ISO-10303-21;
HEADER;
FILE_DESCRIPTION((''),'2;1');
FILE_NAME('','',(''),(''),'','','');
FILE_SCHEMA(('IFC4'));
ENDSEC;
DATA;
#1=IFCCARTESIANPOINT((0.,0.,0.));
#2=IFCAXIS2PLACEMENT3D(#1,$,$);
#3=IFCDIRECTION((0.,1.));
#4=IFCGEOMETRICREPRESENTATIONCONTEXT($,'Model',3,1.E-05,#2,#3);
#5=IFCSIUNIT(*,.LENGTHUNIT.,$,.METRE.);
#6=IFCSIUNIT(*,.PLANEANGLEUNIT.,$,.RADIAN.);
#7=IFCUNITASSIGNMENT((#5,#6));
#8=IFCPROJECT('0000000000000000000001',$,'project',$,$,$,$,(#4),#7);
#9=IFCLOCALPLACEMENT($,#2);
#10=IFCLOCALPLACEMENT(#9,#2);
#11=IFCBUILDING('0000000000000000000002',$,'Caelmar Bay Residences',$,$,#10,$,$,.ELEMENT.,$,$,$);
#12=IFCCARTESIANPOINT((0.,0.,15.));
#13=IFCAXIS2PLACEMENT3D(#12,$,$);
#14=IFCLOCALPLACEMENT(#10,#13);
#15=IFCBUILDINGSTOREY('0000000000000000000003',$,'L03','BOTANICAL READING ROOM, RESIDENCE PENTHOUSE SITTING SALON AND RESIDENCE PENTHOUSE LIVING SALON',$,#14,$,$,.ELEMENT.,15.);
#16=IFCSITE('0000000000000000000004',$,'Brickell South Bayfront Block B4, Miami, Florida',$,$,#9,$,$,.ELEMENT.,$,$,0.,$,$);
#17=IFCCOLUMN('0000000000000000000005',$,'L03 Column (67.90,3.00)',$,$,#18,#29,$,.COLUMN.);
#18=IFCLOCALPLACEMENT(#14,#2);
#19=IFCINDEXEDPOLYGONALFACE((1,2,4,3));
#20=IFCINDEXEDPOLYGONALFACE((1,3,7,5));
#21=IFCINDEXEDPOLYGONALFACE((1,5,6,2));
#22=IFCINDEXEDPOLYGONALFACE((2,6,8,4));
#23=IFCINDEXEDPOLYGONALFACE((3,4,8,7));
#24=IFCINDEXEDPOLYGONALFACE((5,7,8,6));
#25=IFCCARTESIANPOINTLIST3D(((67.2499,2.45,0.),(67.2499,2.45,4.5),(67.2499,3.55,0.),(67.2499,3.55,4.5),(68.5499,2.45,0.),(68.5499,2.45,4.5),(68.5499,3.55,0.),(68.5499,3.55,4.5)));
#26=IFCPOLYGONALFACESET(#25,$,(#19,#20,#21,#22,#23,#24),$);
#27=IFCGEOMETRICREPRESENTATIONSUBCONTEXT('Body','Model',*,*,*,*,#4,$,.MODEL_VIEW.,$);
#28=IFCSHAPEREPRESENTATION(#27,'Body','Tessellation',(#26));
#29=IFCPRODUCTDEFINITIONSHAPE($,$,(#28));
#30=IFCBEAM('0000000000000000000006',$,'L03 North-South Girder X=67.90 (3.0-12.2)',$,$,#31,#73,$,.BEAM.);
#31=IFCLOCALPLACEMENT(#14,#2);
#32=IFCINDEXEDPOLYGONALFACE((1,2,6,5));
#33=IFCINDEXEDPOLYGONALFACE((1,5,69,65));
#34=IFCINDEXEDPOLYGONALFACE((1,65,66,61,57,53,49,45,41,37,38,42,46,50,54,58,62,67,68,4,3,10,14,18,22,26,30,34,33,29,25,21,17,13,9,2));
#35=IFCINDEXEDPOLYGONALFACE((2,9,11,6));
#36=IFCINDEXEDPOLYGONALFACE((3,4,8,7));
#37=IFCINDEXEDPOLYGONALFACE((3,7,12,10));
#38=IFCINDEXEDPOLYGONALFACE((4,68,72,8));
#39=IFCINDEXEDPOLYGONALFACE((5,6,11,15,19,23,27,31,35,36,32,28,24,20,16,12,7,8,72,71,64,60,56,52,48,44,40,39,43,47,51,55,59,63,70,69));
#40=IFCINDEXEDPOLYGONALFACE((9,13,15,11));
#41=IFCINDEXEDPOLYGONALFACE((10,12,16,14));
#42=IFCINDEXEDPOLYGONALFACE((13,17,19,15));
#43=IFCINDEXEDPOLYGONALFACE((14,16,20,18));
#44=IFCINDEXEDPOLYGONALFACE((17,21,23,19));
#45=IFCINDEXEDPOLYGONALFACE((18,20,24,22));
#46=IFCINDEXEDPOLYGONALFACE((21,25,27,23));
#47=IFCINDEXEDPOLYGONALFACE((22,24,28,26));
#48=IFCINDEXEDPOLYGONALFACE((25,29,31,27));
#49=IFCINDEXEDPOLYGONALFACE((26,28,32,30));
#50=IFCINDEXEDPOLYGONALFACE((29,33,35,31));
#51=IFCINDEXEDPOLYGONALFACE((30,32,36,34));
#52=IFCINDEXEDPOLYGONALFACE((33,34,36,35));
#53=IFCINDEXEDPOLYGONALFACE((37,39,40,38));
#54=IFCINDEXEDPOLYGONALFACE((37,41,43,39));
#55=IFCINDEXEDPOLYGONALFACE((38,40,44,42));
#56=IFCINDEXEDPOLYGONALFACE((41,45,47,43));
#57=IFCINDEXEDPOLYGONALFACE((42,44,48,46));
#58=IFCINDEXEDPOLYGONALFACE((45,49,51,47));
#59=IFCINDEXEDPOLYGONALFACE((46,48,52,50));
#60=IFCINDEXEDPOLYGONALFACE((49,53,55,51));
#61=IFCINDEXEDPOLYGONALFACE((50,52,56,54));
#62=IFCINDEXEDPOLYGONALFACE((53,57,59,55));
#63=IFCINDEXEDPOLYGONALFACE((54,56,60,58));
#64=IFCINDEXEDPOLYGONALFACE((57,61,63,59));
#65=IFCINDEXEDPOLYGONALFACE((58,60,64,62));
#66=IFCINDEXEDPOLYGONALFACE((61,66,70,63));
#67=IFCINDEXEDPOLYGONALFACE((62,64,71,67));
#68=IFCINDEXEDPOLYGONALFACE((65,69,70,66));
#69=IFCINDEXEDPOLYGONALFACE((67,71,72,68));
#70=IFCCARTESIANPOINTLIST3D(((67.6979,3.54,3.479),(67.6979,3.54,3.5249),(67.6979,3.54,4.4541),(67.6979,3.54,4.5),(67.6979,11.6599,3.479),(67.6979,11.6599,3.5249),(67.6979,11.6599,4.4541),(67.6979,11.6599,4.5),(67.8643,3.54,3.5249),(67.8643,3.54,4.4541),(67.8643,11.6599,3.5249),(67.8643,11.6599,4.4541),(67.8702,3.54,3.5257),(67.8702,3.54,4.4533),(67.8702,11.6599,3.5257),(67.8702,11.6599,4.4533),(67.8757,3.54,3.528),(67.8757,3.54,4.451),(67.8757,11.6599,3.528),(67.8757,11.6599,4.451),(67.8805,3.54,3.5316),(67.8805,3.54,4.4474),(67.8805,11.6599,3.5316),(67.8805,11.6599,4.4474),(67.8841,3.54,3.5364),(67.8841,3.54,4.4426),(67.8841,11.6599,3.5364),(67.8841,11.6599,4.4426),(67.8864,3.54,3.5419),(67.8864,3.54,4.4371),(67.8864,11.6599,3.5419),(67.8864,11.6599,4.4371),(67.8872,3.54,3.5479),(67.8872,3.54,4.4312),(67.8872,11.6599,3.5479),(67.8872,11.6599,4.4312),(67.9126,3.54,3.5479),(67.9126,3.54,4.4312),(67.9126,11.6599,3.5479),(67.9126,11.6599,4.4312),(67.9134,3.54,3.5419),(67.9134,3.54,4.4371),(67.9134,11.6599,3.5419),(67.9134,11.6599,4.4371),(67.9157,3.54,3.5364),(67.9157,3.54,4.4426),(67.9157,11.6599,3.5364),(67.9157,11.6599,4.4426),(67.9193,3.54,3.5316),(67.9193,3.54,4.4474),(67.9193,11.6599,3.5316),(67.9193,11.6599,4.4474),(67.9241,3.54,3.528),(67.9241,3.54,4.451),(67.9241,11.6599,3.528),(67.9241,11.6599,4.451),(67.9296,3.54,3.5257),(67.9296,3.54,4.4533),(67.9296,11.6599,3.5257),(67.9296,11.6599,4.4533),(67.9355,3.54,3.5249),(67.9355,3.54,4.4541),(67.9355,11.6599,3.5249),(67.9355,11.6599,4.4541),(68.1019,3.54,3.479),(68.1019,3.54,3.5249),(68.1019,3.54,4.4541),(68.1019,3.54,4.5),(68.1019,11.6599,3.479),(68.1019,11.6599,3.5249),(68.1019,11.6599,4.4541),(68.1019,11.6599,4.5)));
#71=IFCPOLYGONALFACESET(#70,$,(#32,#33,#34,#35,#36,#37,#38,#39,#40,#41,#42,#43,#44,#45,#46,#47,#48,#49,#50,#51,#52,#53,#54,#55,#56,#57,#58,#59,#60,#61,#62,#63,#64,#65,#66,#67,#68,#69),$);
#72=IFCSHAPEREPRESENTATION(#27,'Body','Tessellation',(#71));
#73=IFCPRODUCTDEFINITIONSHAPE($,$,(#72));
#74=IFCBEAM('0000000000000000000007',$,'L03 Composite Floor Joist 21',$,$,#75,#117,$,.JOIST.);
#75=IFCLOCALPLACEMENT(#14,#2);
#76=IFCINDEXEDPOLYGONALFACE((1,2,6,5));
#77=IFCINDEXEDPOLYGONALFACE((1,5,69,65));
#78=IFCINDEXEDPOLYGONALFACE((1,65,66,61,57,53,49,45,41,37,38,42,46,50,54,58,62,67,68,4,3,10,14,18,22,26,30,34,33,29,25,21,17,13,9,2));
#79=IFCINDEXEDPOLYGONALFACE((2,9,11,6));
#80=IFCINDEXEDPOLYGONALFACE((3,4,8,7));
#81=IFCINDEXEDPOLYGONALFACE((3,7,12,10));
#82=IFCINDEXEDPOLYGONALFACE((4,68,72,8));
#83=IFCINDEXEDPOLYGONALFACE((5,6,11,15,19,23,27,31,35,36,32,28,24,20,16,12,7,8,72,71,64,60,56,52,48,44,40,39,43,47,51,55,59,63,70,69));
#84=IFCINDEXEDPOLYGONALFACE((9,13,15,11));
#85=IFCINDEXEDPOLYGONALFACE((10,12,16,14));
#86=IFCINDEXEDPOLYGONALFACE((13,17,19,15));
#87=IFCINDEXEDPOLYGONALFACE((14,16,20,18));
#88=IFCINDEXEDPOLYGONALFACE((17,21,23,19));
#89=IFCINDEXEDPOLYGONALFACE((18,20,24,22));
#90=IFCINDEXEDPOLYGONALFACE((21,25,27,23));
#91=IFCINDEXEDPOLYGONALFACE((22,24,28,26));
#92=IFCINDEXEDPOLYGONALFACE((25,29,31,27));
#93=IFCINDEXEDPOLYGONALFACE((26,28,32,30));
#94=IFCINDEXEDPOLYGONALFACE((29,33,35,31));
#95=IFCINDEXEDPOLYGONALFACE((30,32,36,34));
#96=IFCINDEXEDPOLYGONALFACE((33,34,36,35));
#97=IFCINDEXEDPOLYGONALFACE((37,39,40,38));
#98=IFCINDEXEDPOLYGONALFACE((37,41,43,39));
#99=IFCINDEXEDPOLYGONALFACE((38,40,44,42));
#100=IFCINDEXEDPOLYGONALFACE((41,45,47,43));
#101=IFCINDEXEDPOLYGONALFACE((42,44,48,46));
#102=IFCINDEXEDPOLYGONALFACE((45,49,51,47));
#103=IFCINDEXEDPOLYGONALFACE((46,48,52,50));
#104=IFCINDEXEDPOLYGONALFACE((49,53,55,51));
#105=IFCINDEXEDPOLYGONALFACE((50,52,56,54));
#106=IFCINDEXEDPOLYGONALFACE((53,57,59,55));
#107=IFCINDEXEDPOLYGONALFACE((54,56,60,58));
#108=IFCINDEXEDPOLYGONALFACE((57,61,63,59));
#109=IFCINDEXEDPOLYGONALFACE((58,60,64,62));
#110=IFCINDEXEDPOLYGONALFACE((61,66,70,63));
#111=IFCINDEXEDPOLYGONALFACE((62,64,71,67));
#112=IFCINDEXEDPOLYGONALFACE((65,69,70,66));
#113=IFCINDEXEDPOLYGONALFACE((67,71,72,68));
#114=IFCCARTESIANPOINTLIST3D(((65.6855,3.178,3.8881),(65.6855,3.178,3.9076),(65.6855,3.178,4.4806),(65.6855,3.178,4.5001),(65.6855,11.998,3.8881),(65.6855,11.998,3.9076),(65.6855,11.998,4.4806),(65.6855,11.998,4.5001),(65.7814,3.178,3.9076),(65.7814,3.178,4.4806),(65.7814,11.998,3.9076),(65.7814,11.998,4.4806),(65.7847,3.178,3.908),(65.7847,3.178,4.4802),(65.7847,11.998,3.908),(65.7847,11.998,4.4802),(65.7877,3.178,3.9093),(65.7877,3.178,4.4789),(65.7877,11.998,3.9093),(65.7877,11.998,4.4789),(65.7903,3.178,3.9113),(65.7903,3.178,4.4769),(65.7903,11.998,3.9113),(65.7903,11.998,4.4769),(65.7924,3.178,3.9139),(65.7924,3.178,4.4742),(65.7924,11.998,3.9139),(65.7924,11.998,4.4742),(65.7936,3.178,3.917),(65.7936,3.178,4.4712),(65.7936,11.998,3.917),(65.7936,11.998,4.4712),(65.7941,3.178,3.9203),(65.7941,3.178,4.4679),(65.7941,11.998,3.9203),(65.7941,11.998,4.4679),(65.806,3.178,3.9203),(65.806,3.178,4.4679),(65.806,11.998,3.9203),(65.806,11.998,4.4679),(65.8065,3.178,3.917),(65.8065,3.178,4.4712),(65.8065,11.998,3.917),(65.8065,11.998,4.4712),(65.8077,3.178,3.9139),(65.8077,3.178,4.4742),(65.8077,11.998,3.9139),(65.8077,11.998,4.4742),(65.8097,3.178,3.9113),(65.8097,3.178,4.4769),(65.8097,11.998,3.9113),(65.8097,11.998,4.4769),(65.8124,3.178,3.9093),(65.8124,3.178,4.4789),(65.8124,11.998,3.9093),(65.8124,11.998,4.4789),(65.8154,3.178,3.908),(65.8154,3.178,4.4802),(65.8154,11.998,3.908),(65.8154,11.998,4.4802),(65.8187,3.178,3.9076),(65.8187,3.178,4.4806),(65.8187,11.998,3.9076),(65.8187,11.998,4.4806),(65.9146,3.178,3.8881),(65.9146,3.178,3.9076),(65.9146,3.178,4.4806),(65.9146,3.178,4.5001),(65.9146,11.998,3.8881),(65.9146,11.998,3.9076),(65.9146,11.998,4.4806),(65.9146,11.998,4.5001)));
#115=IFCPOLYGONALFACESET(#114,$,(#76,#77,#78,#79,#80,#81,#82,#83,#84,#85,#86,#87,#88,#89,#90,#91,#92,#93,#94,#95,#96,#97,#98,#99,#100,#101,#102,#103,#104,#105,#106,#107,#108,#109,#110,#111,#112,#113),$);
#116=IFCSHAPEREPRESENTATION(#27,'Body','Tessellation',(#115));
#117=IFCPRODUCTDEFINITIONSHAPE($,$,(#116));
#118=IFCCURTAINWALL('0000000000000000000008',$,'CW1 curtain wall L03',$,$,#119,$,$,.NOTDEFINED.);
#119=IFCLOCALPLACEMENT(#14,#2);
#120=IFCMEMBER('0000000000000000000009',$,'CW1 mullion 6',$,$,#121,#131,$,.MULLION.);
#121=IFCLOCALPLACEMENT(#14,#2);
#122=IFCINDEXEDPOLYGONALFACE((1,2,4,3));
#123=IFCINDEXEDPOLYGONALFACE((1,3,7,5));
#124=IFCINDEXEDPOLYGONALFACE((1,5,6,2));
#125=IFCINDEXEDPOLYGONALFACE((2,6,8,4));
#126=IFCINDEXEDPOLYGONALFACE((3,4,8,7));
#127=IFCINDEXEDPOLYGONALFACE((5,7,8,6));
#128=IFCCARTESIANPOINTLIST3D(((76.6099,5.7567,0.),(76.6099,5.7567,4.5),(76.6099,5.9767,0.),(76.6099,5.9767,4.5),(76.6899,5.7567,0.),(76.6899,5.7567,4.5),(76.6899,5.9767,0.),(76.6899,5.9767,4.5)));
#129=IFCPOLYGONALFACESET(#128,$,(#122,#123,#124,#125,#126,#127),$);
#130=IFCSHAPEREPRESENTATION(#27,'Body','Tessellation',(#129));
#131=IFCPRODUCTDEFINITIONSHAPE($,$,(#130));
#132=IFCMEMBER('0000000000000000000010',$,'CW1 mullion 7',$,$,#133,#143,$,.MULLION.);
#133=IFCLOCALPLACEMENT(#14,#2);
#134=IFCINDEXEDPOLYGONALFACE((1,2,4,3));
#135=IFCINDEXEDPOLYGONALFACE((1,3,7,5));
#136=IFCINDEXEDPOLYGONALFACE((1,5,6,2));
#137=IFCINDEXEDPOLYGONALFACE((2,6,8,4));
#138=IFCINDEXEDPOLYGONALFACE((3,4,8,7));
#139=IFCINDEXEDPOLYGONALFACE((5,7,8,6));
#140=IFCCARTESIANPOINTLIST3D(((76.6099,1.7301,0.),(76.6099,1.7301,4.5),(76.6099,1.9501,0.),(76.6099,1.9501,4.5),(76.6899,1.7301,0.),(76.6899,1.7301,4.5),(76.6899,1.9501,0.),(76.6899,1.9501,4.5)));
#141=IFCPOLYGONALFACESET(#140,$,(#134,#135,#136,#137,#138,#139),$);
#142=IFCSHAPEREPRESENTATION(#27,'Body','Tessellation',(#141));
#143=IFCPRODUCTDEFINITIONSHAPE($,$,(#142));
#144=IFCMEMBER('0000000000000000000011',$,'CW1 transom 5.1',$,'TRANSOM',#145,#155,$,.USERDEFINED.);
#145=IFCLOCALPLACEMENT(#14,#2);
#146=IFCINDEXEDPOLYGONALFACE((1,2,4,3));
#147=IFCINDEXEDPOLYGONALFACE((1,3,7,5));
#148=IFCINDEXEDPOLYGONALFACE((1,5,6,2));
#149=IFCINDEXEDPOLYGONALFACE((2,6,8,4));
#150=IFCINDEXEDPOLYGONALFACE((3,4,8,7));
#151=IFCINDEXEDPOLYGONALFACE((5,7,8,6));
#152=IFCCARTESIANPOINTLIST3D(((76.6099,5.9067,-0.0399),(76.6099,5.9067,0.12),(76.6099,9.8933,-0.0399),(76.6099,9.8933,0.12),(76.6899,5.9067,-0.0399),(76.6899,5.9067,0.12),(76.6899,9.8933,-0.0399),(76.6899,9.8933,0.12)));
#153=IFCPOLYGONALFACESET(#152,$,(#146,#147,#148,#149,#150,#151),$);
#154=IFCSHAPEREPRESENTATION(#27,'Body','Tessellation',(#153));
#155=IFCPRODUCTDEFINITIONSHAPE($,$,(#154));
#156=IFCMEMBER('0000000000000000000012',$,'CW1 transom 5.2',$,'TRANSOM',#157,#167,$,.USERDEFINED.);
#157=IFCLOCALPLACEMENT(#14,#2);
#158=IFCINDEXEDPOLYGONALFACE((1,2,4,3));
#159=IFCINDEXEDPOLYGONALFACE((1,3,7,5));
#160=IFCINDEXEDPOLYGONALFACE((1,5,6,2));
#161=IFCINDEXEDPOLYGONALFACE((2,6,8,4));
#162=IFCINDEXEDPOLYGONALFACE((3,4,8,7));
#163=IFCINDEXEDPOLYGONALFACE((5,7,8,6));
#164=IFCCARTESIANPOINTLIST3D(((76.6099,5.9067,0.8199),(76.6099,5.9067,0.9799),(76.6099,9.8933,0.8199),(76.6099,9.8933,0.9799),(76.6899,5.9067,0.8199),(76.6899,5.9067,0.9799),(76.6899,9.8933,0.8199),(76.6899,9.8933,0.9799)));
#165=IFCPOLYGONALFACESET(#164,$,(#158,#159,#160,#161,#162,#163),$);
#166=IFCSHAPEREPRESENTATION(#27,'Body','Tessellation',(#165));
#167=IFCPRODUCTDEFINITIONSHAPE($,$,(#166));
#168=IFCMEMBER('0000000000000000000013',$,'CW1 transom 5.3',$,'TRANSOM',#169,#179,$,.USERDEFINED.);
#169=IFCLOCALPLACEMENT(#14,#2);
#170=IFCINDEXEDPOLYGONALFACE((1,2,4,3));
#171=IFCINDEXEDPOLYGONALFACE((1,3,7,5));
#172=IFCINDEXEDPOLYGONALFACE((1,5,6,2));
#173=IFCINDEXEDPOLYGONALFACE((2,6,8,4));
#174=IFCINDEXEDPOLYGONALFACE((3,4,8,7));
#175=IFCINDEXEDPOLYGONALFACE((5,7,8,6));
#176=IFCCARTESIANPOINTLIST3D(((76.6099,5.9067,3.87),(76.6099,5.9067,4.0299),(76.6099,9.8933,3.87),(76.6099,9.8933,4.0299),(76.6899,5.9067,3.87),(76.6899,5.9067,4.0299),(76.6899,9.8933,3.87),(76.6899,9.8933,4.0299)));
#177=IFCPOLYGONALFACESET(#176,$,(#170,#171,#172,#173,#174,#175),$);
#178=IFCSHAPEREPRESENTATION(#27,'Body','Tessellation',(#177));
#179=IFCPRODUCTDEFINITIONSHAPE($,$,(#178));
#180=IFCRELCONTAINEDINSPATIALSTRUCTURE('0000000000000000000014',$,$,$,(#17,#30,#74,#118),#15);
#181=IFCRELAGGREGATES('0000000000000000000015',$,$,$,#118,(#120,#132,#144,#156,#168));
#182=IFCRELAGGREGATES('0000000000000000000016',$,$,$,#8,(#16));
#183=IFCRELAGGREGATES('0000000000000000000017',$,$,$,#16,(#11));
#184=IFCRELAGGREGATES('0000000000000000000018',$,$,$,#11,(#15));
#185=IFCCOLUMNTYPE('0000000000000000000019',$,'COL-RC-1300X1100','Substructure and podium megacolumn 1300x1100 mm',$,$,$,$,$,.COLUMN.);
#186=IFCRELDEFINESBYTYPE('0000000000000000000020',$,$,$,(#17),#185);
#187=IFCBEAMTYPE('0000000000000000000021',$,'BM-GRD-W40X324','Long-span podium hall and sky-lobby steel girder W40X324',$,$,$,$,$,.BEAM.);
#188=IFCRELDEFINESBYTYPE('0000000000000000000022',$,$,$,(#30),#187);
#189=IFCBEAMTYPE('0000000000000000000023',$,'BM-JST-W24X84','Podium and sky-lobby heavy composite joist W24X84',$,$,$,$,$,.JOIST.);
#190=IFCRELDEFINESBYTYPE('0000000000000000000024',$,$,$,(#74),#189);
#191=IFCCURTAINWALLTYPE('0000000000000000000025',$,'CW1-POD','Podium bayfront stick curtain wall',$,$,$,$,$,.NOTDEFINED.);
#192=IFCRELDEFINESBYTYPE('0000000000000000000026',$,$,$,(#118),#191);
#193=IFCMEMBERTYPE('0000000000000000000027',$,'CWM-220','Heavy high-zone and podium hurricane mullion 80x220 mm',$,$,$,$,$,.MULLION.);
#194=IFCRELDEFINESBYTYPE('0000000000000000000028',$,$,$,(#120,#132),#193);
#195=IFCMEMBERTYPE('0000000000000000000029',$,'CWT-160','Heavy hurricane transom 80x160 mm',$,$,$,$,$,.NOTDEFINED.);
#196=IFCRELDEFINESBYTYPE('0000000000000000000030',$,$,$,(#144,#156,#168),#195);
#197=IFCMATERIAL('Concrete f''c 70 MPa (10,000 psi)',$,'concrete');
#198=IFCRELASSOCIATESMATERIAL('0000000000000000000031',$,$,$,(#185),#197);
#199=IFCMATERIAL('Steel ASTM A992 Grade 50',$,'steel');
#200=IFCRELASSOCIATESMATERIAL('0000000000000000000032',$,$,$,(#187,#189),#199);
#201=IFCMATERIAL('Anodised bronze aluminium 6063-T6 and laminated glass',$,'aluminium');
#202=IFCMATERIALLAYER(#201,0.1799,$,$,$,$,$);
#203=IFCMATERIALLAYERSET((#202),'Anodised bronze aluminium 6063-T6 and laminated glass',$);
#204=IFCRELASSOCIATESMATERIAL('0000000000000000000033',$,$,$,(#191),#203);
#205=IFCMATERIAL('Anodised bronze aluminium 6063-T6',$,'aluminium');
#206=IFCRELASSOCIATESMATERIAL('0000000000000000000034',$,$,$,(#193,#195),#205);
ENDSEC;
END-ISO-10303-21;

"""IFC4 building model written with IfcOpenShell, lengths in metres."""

from ifc_helpers import new_model, si_unit, direction, frame, origin, origin_2d, place, context, subcontext, project, spatial, rectangle, i_section, extrude, material, layer, layer_set, material_profile, profile_set, type_object, element, aggregate, save


model = new_model("IFC4")

# Units and contexts
model_context = context("Model", 3, precision=1e-05, world=origin(), true_north=direction((0.0, 1.0)))
body_context = subcontext(model_context, "Body", "Model", "MODEL_VIEW")
ifc_project = project(units=[si_unit("LENGTHUNIT", "METRE"), si_unit("PLANEANGLEUNIT", "RADIAN")], contexts=[model_context])

# Site, building, storey
site_placement = place(None, origin())
site = spatial("IfcSite", under=ifc_project, at=site_placement, Name="Brickell South Bayfront Block B4, Miami, Florida", CompositionType="ELEMENT", RefElevation=0.0)
building_placement = place(site_placement, origin())
building = spatial("IfcBuilding", under=site, at=building_placement, Name="Caelmar Bay Residences", CompositionType="ELEMENT")
storey_placement = place(building_placement, frame((0.0, 0.0, 15.0)))
storey = spatial("IfcBuildingStorey", under=building, at=storey_placement, Name="L03", Description="BOTANICAL READING ROOM, RESIDENCE PENTHOUSE SITTING SALON AND RESIDENCE PENTHOUSE LIVING SALON", CompositionType="ELEMENT", Elevation=15.0)

# Column
ifc_material_1 = material(Name="Concrete f'c 70 MPa (10,000 psi)", Category="concrete")
ifc_material_profile_1 = material_profile(ifc_material_1, rectangle(XDim=1.3, YDim=1.1001, at=origin_2d()), Name="RC-COL-1300X1100")
ifc_profile_set_1 = profile_set([ifc_material_profile_1], Name="Concrete f'c 70 MPa (10,000 psi)")
column_type = type_object("IfcColumnType", Name="COL-RC-1300X1100", Description="Substructure and podium megacolumn 1300x1100 mm", PredefinedType="COLUMN", material=ifc_profile_set_1)
column_placement = place(storey_placement, frame((67.8999, 3.0, 0.0), z_axis=(0.0, 0.0, 1.0), x_axis=(1.0, 0.0, 0.0)))
element("IfcColumn", 1, at=column_placement, inside=storey, type_object=column_type, Name="L03 Column (67.90,3.00)", PredefinedType="COLUMN", context=body_context, shape_type="SweptSolid", body=[
    extrude(rectangle(XDim=1.3, YDim=1.1001, at=origin_2d()), origin(), (0.0, 0.0, 1.0), 4.5),
])

# Beams
ifc_material_2 = material(Name="Steel ASTM A992 Grade 50", Category="steel")
ifc_material_profile_2 = material_profile(ifc_material_2, i_section(OverallWidth=0.4041, OverallDepth=1.021, WebThickness=0.0254, FlangeThickness=0.0459, FilletRadius=0.0229, at=origin_2d()), Name="W40X324")
ifc_profile_set_2 = profile_set([ifc_material_profile_2], Name="Steel ASTM A992 Grade 50")
beam_type_1 = type_object("IfcBeamType", Name="BM-GRD-W40X324", Description="Long-span podium hall and sky-lobby steel girder W40X324", PredefinedType="BEAM", material=ifc_profile_set_2)
beam_1_placement = place(storey_placement, frame((67.8999, 3.54, 3.9895), z_axis=(0.0, 1.0, 0.0), x_axis=(-1.0, 0.0, 0.0)))
element("IfcBeam", 2, at=beam_1_placement, inside=storey, type_object=beam_type_1, Name="L03 North-South Girder X=67.90 (3.0-12.2)", PredefinedType="BEAM", context=body_context, shape_type="SweptSolid", body=[
    extrude(i_section(OverallWidth=0.4041, OverallDepth=1.021, WebThickness=0.0254, FlangeThickness=0.0459, FilletRadius=0.0229, at=origin_2d()), origin(), (0.0, 0.0, 1.0), 8.1199),
])
ifc_material_profile_3 = material_profile(ifc_material_2, i_section(OverallWidth=0.229, OverallDepth=0.6121, WebThickness=0.012, FlangeThickness=0.0195, FilletRadius=0.0127, at=origin_2d()), Name="W24X84")
ifc_profile_set_3 = profile_set([ifc_material_profile_3], Name="Steel ASTM A992 Grade 50")
beam_type_2 = type_object("IfcBeamType", Name="BM-JST-W24X84", Description="Podium and sky-lobby heavy composite joist W24X84", PredefinedType="JOIST", material=ifc_profile_set_3)
beam_2_placement = place(storey_placement, frame((65.8, 3.178, 4.1941), z_axis=(0.0, 1.0, 0.0), x_axis=(-1.0, 0.0, 0.0)))
element("IfcBeam", 3, at=beam_2_placement, inside=storey, type_object=beam_type_2, Name="L03 Composite Floor Joist 21", PredefinedType="JOIST", context=body_context, shape_type="SweptSolid", body=[
    extrude(i_section(OverallWidth=0.229, OverallDepth=0.6121, WebThickness=0.012, FlangeThickness=0.0195, FilletRadius=0.0127, at=origin_2d()), origin(), (0.0, 0.0, 1.0), 8.8201),
])

# Curtain wall, members
ifc_material_3 = material(Name="Anodised bronze aluminium 6063-T6 and laminated glass", Category="aluminium")
ifc_layer_1 = layer(ifc_material_3, 0.1799)
ifc_layer_set_1 = layer_set([ifc_layer_1], Name="Anodised bronze aluminium 6063-T6 and laminated glass")
curtain_wall_type = type_object("IfcCurtainWallType", Name="CW1-POD", Description="Podium bayfront stick curtain wall", PredefinedType="NOTDEFINED", material=ifc_layer_set_1)
curtain_wall_placement = place(storey_placement, origin())
curtain_wall = element("IfcCurtainWall", 4, at=curtain_wall_placement, inside=storey, type_object=curtain_wall_type, Name="CW1 curtain wall L03", PredefinedType="NOTDEFINED")
ifc_material_4 = material(Name="Anodised bronze aluminium 6063-T6", Category="aluminium")
ifc_material_profile_4 = material_profile(ifc_material_4, rectangle(XDim=0.0801, YDim=0.22, at=origin_2d()), Name="CWM-80X220")
ifc_profile_set_4 = profile_set([ifc_material_profile_4], Name="Anodised bronze aluminium 6063-T6")
member_type_1 = type_object("IfcMemberType", Name="CWM-220", Description="Heavy high-zone and podium hurricane mullion 80x220 mm", PredefinedType="MULLION", material=ifc_profile_set_4)
member_1_placement = place(storey_placement, frame((76.6499, 5.8667, 0.0), z_axis=(0.0, 0.0, 1.0), x_axis=(1.0, 0.0, 0.0)))
member_1 = element("IfcMember", 5, at=member_1_placement, type_object=member_type_1, Name="CW1 mullion 6", PredefinedType="MULLION", context=body_context, shape_type="SweptSolid", body=[
    extrude(rectangle(XDim=0.0801, YDim=0.22, at=origin_2d()), origin(), (0.0, 0.0, 1.0), 4.5),
])
member_2_placement = place(storey_placement, frame((76.6499, 1.8401, 0.0), z_axis=(0.0, 0.0, 1.0), x_axis=(1.0, 0.0, 0.0)))
member_2 = element("IfcMember", 6, at=member_2_placement, type_object=member_type_1, Name="CW1 mullion 7", PredefinedType="MULLION", context=body_context, shape_type="SweptSolid", body=[
    extrude(rectangle(XDim=0.0801, YDim=0.22, at=origin_2d()), origin(), (0.0, 0.0, 1.0), 4.5),
])
ifc_material_profile_5 = material_profile(ifc_material_4, rectangle(XDim=0.0801, YDim=0.1599, at=origin_2d()), Name="CWT-80X160")
ifc_profile_set_5 = profile_set([ifc_material_profile_5], Name="Anodised bronze aluminium 6063-T6")
member_type_2 = type_object("IfcMemberType", Name="CWT-160", Description="Heavy hurricane transom 80x160 mm", PredefinedType="NOTDEFINED", material=ifc_profile_set_5)
member_3_placement = place(storey_placement, frame((76.6499, 9.8933, 0.04), z_axis=(0.0, -1.0, 0.0), x_axis=(1.0, 0.0, 0.0)))
member_3 = element("IfcMember", 7, at=member_3_placement, type_object=member_type_2, Name="CW1 transom 5.1", ObjectType="TRANSOM", PredefinedType="USERDEFINED", context=body_context, shape_type="SweptSolid", body=[
    extrude(rectangle(XDim=0.0801, YDim=0.1599, at=origin_2d()), origin(), (0.0, 0.0, 1.0), 3.9866),
])
member_4_placement = place(storey_placement, frame((76.6499, 9.8933, 0.8999), z_axis=(0.0, -1.0, 0.0), x_axis=(1.0, 0.0, 0.0)))
member_4 = element("IfcMember", 8, at=member_4_placement, type_object=member_type_2, Name="CW1 transom 5.2", ObjectType="TRANSOM", PredefinedType="USERDEFINED", context=body_context, shape_type="SweptSolid", body=[
    extrude(rectangle(XDim=0.0801, YDim=0.1599, at=origin_2d()), origin(), (0.0, 0.0, 1.0), 3.9866),
])
member_5_placement = place(storey_placement, frame((76.6499, 9.8933, 3.95), z_axis=(0.0, -1.0, 0.0), x_axis=(1.0, 0.0, 0.0)))
member_5 = element("IfcMember", 9, at=member_5_placement, type_object=member_type_2, Name="CW1 transom 5.3", ObjectType="TRANSOM", PredefinedType="USERDEFINED", context=body_context, shape_type="SweptSolid", body=[
    extrude(rectangle(XDim=0.0801, YDim=0.1599, at=origin_2d()), origin(), (0.0, 0.0, 1.0), 3.9866),
])
aggregate(curtain_wall, [member_1, member_2, member_3, member_4, member_5])

save(model, "model.ifc")
